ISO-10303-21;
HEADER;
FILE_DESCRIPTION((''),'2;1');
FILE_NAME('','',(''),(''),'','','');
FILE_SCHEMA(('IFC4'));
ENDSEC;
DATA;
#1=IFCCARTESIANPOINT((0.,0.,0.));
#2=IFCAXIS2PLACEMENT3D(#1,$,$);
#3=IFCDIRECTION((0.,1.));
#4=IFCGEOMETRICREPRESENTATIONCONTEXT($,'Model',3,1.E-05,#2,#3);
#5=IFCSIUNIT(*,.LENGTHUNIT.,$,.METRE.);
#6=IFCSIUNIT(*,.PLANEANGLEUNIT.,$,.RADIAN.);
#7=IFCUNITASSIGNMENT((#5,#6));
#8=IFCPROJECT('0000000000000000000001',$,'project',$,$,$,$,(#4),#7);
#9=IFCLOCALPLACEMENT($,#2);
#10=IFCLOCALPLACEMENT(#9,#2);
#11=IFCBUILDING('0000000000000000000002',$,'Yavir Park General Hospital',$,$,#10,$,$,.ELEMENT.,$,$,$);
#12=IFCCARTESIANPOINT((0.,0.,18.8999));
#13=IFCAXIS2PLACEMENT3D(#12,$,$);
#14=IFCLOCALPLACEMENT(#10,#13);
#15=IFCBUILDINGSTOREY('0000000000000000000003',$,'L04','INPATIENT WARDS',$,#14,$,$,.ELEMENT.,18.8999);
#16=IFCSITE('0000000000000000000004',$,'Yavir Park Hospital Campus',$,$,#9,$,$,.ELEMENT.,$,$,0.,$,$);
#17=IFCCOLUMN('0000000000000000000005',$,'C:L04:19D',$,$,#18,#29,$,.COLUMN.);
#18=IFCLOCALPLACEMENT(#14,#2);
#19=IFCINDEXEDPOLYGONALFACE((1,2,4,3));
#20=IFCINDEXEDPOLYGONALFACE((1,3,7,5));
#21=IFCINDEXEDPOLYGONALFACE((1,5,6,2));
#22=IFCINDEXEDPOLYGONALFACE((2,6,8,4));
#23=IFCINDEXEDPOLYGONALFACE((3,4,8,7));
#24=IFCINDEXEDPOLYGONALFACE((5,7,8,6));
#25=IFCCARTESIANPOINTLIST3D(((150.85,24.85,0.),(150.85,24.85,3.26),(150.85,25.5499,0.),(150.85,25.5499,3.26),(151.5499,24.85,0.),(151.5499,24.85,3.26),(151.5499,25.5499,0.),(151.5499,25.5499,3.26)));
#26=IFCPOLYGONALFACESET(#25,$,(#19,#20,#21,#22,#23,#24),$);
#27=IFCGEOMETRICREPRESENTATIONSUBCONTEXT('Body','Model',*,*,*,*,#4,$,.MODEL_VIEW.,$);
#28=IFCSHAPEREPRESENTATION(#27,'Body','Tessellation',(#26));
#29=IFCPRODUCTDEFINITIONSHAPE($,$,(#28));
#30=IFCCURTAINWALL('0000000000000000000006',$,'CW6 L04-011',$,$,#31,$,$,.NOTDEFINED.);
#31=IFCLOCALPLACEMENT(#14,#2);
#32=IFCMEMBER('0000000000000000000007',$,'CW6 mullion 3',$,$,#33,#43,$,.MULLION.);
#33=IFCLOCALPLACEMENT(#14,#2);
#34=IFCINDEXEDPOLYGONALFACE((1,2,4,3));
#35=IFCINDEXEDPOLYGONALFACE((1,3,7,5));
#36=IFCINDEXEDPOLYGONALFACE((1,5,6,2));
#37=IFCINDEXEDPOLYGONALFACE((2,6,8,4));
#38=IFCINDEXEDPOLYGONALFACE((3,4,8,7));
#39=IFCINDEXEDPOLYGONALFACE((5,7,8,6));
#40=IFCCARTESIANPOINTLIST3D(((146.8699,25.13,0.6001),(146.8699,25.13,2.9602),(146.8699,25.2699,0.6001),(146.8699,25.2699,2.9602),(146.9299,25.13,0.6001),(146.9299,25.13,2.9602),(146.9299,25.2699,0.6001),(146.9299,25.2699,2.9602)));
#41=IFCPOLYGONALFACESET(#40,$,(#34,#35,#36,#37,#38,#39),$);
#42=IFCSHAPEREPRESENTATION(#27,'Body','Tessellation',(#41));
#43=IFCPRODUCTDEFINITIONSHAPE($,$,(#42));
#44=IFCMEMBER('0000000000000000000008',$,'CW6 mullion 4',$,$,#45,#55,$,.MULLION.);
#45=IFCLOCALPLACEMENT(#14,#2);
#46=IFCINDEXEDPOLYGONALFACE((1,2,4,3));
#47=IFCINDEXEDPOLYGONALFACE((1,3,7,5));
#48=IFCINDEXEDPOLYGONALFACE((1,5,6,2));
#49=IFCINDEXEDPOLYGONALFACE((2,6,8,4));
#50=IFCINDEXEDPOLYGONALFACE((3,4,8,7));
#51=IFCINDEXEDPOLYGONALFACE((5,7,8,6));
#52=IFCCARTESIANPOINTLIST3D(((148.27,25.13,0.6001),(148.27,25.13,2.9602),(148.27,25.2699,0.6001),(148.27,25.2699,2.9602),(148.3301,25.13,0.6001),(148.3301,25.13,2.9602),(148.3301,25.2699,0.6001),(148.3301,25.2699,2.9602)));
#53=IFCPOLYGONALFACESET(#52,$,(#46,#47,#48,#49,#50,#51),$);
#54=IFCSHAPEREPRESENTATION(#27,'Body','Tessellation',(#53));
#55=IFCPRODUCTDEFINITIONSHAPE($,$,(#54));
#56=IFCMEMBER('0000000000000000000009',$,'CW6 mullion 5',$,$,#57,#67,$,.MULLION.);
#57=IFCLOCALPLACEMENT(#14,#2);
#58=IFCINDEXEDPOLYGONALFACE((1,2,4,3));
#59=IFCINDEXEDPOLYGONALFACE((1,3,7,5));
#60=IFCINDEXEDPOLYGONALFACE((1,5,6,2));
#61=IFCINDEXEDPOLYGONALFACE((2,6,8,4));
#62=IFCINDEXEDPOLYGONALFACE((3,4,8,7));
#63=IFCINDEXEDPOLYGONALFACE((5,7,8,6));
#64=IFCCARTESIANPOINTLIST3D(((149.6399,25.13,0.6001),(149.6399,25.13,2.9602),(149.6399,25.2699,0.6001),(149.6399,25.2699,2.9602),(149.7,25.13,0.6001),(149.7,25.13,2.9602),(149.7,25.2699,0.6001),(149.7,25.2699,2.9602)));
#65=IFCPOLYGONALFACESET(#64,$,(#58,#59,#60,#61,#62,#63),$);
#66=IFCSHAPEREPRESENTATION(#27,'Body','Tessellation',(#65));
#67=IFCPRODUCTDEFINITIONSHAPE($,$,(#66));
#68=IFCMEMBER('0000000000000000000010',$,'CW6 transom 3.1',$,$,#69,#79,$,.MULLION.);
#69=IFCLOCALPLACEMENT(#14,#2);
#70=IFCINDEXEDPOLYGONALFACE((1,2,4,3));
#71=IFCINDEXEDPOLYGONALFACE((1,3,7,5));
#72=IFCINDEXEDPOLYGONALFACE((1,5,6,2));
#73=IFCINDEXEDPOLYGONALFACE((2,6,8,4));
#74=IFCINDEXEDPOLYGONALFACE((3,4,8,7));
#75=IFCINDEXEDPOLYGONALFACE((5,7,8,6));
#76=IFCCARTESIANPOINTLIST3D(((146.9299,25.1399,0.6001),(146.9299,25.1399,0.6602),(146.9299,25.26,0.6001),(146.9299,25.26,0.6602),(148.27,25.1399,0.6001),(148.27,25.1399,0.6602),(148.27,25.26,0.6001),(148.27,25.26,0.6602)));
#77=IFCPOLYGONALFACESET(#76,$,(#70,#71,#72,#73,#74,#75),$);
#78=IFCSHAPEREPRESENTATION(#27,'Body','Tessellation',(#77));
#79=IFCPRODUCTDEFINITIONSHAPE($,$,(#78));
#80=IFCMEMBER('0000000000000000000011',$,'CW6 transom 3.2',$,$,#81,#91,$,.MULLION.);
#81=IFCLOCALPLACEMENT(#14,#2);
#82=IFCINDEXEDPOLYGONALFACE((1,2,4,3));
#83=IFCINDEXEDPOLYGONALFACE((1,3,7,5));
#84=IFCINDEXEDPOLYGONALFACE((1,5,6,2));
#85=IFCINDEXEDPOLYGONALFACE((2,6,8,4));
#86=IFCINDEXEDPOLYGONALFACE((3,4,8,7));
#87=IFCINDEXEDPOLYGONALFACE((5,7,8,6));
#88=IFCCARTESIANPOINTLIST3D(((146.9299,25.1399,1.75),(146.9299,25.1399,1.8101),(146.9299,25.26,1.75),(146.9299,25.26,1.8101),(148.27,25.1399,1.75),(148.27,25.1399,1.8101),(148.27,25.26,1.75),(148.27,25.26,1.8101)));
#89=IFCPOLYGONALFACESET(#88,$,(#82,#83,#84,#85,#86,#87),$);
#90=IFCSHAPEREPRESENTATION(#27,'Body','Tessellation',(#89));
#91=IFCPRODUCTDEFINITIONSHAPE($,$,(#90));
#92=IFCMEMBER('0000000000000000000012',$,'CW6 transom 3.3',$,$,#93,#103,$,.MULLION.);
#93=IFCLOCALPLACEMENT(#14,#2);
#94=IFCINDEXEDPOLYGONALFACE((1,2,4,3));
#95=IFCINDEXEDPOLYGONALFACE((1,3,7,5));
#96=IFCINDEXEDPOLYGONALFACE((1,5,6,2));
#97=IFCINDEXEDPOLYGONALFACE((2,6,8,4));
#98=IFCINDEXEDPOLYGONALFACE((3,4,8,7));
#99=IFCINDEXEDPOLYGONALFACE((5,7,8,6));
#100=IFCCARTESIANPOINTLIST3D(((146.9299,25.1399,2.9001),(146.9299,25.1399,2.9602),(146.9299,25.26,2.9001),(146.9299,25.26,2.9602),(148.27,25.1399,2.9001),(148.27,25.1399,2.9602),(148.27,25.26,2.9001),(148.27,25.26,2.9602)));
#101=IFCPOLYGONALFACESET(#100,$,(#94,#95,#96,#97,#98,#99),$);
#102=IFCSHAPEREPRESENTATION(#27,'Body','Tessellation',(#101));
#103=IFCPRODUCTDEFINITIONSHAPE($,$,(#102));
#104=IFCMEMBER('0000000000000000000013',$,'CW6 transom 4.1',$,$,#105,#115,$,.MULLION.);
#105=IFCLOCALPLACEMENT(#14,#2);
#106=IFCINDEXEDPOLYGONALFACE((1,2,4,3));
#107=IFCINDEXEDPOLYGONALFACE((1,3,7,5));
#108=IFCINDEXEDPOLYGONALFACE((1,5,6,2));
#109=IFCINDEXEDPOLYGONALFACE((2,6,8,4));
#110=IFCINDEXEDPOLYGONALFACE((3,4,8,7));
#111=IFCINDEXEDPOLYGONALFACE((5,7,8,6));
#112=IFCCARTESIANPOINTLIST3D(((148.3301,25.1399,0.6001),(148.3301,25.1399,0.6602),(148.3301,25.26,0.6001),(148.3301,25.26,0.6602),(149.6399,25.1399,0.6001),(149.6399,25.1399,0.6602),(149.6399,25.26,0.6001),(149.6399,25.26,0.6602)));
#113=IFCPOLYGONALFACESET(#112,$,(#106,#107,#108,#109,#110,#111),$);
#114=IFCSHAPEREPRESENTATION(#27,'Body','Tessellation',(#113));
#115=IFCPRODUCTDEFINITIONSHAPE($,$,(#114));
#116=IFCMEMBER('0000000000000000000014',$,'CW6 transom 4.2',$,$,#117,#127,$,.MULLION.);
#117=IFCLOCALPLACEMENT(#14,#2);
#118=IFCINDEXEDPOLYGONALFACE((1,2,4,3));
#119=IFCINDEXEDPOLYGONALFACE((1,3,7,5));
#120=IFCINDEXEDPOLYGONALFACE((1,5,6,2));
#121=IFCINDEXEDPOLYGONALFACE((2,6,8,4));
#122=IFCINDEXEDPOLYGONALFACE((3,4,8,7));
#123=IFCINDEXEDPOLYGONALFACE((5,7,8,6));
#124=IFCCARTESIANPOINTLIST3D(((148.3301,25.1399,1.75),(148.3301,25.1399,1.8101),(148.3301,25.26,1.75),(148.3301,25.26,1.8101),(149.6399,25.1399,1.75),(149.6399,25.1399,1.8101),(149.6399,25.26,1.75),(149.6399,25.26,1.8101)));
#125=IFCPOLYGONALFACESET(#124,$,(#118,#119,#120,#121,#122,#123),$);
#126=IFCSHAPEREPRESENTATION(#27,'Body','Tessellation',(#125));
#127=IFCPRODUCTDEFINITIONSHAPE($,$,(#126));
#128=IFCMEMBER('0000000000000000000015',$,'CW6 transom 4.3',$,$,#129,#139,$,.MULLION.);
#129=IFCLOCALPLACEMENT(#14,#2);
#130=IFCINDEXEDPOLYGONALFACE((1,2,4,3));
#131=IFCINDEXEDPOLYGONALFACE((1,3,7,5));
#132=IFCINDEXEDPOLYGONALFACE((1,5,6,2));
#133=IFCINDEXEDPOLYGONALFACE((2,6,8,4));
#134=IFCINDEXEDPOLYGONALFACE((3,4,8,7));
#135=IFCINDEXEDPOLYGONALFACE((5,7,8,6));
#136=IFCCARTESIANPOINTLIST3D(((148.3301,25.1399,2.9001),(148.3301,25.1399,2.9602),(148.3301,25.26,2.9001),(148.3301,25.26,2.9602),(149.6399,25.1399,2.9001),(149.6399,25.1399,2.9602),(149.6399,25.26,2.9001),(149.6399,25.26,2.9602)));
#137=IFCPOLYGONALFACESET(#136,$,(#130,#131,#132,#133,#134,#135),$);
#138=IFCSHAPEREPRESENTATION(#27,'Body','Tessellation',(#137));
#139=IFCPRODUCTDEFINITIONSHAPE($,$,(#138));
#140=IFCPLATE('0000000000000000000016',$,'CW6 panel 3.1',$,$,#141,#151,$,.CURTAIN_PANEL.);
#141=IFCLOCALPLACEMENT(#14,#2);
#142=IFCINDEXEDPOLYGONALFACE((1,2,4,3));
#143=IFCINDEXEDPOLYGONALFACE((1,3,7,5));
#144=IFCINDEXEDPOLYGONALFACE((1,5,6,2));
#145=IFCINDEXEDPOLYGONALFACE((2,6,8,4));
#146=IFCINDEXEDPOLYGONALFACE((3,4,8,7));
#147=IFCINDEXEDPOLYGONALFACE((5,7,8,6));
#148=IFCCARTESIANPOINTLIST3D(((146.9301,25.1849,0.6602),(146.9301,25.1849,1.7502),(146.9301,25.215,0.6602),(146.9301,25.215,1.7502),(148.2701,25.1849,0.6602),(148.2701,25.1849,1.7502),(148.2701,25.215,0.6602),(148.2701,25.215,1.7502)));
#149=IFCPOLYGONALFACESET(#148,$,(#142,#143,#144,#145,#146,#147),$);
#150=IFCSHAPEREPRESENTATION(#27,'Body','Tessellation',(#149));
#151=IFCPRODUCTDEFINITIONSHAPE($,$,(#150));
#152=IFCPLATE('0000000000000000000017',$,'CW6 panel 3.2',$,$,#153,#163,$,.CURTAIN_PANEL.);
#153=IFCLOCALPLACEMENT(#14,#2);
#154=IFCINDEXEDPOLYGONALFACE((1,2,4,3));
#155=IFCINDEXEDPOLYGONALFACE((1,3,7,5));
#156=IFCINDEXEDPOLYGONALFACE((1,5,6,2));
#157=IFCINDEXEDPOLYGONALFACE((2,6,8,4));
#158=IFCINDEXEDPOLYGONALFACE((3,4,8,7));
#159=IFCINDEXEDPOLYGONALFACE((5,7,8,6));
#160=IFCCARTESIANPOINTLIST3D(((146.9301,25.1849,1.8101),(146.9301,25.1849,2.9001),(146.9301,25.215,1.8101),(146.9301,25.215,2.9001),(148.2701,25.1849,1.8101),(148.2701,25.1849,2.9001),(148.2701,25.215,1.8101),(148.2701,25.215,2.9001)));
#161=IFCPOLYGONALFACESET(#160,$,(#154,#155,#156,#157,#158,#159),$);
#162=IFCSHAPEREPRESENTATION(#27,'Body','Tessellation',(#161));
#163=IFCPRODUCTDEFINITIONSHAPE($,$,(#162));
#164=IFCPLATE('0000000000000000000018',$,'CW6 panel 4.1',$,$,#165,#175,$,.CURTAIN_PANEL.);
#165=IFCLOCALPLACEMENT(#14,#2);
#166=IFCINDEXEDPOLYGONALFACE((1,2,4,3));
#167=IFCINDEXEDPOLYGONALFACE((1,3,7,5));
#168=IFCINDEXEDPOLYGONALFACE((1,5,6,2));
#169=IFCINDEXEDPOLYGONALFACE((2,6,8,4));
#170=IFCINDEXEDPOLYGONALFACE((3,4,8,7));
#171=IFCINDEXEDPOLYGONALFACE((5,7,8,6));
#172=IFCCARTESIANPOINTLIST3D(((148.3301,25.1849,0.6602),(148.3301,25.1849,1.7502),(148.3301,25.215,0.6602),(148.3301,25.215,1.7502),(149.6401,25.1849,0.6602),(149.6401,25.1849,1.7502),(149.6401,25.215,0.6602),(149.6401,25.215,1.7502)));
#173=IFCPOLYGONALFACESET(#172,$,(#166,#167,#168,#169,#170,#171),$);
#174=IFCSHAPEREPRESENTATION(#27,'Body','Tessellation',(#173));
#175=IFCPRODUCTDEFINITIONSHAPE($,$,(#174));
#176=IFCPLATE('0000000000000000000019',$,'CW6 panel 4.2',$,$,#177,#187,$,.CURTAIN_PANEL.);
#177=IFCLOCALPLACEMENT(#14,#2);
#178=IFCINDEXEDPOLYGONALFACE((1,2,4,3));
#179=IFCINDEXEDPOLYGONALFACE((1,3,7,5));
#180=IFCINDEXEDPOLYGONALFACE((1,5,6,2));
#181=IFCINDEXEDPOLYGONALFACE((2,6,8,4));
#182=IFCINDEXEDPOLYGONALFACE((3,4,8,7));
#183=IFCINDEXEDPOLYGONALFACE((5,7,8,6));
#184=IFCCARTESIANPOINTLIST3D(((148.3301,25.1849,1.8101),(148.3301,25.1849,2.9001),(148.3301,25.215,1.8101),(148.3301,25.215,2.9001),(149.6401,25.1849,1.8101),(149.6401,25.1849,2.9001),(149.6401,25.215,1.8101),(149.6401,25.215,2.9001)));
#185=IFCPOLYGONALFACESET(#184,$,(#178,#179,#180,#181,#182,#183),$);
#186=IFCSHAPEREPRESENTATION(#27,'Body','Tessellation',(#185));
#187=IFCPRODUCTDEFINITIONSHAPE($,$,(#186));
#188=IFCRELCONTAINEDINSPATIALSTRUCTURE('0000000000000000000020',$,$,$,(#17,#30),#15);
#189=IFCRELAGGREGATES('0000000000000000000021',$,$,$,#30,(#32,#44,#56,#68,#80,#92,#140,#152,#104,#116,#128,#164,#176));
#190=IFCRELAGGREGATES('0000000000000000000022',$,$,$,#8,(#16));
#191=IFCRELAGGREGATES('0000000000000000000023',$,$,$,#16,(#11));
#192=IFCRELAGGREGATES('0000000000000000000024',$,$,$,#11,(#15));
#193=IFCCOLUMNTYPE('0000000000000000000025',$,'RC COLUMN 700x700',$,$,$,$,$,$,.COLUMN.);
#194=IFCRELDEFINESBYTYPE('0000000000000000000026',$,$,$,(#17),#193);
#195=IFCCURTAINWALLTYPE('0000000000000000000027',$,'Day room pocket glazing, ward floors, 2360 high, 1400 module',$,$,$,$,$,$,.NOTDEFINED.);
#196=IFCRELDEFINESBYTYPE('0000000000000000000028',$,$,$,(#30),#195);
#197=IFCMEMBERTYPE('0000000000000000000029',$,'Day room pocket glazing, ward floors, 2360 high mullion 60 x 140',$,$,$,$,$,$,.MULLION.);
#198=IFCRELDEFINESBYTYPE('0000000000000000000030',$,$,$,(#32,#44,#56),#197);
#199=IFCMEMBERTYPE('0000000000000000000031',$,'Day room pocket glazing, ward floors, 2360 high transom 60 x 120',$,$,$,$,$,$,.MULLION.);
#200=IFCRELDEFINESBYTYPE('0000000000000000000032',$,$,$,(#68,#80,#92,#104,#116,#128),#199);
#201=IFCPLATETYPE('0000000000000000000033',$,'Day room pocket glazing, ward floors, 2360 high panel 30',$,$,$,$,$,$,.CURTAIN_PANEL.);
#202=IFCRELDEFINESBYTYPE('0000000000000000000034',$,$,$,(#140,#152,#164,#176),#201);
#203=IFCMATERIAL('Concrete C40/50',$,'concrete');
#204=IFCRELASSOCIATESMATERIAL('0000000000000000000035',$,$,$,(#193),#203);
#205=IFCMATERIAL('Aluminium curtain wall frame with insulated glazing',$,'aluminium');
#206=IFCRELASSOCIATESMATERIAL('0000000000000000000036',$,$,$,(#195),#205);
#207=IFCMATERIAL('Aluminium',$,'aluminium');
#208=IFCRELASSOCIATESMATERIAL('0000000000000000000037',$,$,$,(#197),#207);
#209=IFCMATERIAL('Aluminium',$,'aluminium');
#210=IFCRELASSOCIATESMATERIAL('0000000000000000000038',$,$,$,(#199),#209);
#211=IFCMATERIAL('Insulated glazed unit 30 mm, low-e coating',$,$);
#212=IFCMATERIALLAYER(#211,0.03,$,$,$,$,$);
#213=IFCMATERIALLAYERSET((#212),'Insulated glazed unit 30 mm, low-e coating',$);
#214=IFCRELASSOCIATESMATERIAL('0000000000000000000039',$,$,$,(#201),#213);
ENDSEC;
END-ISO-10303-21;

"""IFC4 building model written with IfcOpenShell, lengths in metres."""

from ifc_helpers import new_model, si_unit, direction, frame, origin, origin_2d, place, context, subcontext, project, spatial, rectangle, extrude, material, layer, layer_set, material_profile, profile_set, type_object, element, aggregate, save


model = new_model("IFC4")

# Units and contexts
model_context = context("Model", 3, precision=1e-05, world=origin(), true_north=direction((0.0, 1.0)))
body_context = subcontext(model_context, "Body", "Model", "MODEL_VIEW")
ifc_project = project(units=[si_unit("LENGTHUNIT", "METRE"), si_unit("PLANEANGLEUNIT", "RADIAN")], contexts=[model_context])

# Site, building, storey
site_placement = place(None, origin())
site = spatial("IfcSite", under=ifc_project, at=site_placement, Name="Yavir Park Hospital Campus", CompositionType="ELEMENT", RefElevation=0.0)
building_placement = place(site_placement, origin())
building = spatial("IfcBuilding", under=site, at=building_placement, Name="Yavir Park General Hospital", CompositionType="ELEMENT")
storey_placement = place(building_placement, frame((0.0, 0.0, 18.8999)))
storey = spatial("IfcBuildingStorey", under=building, at=storey_placement, Name="L04", Description="INPATIENT WARDS", CompositionType="ELEMENT", Elevation=18.8999)

# Column
ifc_material_1 = material(Name="Concrete C40/50", Category="concrete")
ifc_material_profile_1 = material_profile(ifc_material_1, rectangle(XDim=0.7, YDim=0.7, at=origin_2d()), Name="RC700x700")
ifc_profile_set_1 = profile_set([ifc_material_profile_1], Name="Concrete C40/50")
column_type = type_object("IfcColumnType", Name="RC COLUMN 700x700", PredefinedType="COLUMN", material=ifc_profile_set_1)
column_placement = place(storey_placement, frame((151.2, 25.2, 0.0), z_axis=(0.0, 0.0, 1.0), x_axis=(1.0, 0.0, 0.0)))
element("IfcColumn", 1, at=column_placement, inside=storey, type_object=column_type, Name="C:L04:19D", PredefinedType="COLUMN", context=body_context, shape_type="SweptSolid", body=[
    extrude(rectangle(XDim=0.7, YDim=0.7, at=origin_2d()), origin(), (0.0, 0.0, 1.0), 3.26),
])

# Curtain wall, members, plates
ifc_material_2 = material(Name="Aluminium curtain wall frame with insulated glazing", Category="aluminium")
curtain_wall_type = type_object("IfcCurtainWallType", Name="Day room pocket glazing, ward floors, 2360 high, 1400 module", PredefinedType="NOTDEFINED", material=ifc_material_2)
curtain_wall_placement = place(storey_placement, origin())
curtain_wall = element("IfcCurtainWall", 2, at=curtain_wall_placement, inside=storey, type_object=curtain_wall_type, Name="CW6 L04-011", PredefinedType="NOTDEFINED")
ifc_material_3 = material(Name="Aluminium", Category="aluminium")
ifc_material_profile_2 = material_profile(ifc_material_3, rectangle(XDim=0.1399, YDim=0.0601, at=origin_2d()), Name="AL 60x140")
ifc_profile_set_2 = profile_set([ifc_material_profile_2], Name="Aluminium")
member_type_1 = type_object("IfcMemberType", Name="Day room pocket glazing, ward floors, 2360 high mullion 60 x 140", PredefinedType="MULLION", material=ifc_profile_set_2)
member_1_placement = place(storey_placement, frame((146.8999, 25.2, 0.6001), z_axis=(0.0, 0.0, 1.0), x_axis=(0.0, 1.0, 0.0)))
member_1 = element("IfcMember", 3, at=member_1_placement, type_object=member_type_1, Name="CW6 mullion 3", PredefinedType="MULLION", context=body_context, shape_type="SweptSolid", body=[
    extrude(rectangle(XDim=0.1399, YDim=0.0601, at=origin_2d()), origin(), (0.0, 0.0, 1.0), 2.3601),
])
member_2_placement = place(storey_placement, frame((148.3, 25.2, 0.6001), z_axis=(0.0, 0.0, 1.0), x_axis=(0.0, 1.0, 0.0)))
member_2 = element("IfcMember", 4, at=member_2_placement, type_object=member_type_1, Name="CW6 mullion 4", PredefinedType="MULLION", context=body_context, shape_type="SweptSolid", body=[
    extrude(rectangle(XDim=0.1399, YDim=0.0601, at=origin_2d()), origin(), (0.0, 0.0, 1.0), 2.3601),
])
member_3_placement = place(storey_placement, frame((149.6699, 25.2, 0.6001), z_axis=(0.0, 0.0, 1.0), x_axis=(0.0, 1.0, 0.0)))
member_3 = element("IfcMember", 5, at=member_3_placement, type_object=member_type_1, Name="CW6 mullion 5", PredefinedType="MULLION", context=body_context, shape_type="SweptSolid", body=[
    extrude(rectangle(XDim=0.1399, YDim=0.0601, at=origin_2d()), origin(), (0.0, 0.0, 1.0), 2.3601),
])
ifc_material_4 = material(Name="Aluminium", Category="aluminium")
ifc_material_profile_3 = material_profile(ifc_material_4, rectangle(XDim=0.1201, YDim=0.0601, at=origin_2d()), Name="AL 120x60")
ifc_profile_set_3 = profile_set([ifc_material_profile_3], Name="Aluminium")
member_type_2 = type_object("IfcMemberType", Name="Day room pocket glazing, ward floors, 2360 high transom 60 x 120", PredefinedType="MULLION", material=ifc_profile_set_3)
member_4_placement = place(storey_placement, frame((146.9299, 25.2, 0.6301), z_axis=(1.0, 0.0, 0.0), x_axis=(0.0, 1.0, 0.0)))
member_4 = element("IfcMember", 6, at=member_4_placement, type_object=member_type_2, Name="CW6 transom 3.1", PredefinedType="MULLION", context=body_context, shape_type="SweptSolid", body=[
    extrude(rectangle(XDim=0.1201, YDim=0.0601, at=origin_2d()), origin(), (0.0, 0.0, 1.0), 1.3401),
])
member_5_placement = place(storey_placement, frame((146.9299, 25.2, 1.78), z_axis=(1.0, 0.0, 0.0), x_axis=(0.0, 1.0, 0.0)))
member_5 = element("IfcMember", 7, at=member_5_placement, type_object=member_type_2, Name="CW6 transom 3.2", PredefinedType="MULLION", context=body_context, shape_type="SweptSolid", body=[
    extrude(rectangle(XDim=0.1201, YDim=0.0601, at=origin_2d()), origin(), (0.0, 0.0, 1.0), 1.3401),
])
member_6_placement = place(storey_placement, frame((146.9299, 25.2, 2.9302), z_axis=(1.0, 0.0, 0.0), x_axis=(0.0, 1.0, 0.0)))
member_6 = element("IfcMember", 8, at=member_6_placement, type_object=member_type_2, Name="CW6 transom 3.3", PredefinedType="MULLION", context=body_context, shape_type="SweptSolid", body=[
    extrude(rectangle(XDim=0.1201, YDim=0.0601, at=origin_2d()), origin(), (0.0, 0.0, 1.0), 1.3401),
])
member_7_placement = place(storey_placement, frame((148.3301, 25.2, 0.6301), z_axis=(1.0, 0.0, 0.0), x_axis=(0.0, 1.0, 0.0)))
member_7 = element("IfcMember", 9, at=member_7_placement, type_object=member_type_2, Name="CW6 transom 4.1", PredefinedType="MULLION", context=body_context, shape_type="SweptSolid", body=[
    extrude(rectangle(XDim=0.1201, YDim=0.0601, at=origin_2d()), origin(), (0.0, 0.0, 1.0), 1.3098),
])
member_8_placement = place(storey_placement, frame((148.3301, 25.2, 1.78), z_axis=(1.0, 0.0, 0.0), x_axis=(0.0, 1.0, 0.0)))
member_8 = element("IfcMember", 10, at=member_8_placement, type_object=member_type_2, Name="CW6 transom 4.2", PredefinedType="MULLION", context=body_context, shape_type="SweptSolid", body=[
    extrude(rectangle(XDim=0.1201, YDim=0.0601, at=origin_2d()), origin(), (0.0, 0.0, 1.0), 1.3098),
])
member_9_placement = place(storey_placement, frame((148.3301, 25.2, 2.9302), z_axis=(1.0, 0.0, 0.0), x_axis=(0.0, 1.0, 0.0)))
member_9 = element("IfcMember", 11, at=member_9_placement, type_object=member_type_2, Name="CW6 transom 4.3", PredefinedType="MULLION", context=body_context, shape_type="SweptSolid", body=[
    extrude(rectangle(XDim=0.1201, YDim=0.0601, at=origin_2d()), origin(), (0.0, 0.0, 1.0), 1.3098),
])
ifc_material_5 = material(Name="Insulated glazed unit 30 mm, low-e coating")
ifc_layer_1 = layer(ifc_material_5, 0.03)
ifc_layer_set_1 = layer_set([ifc_layer_1], Name="Insulated glazed unit 30 mm, low-e coating")
plate_type = type_object("IfcPlateType", Name="Day room pocket glazing, ward floors, 2360 high panel 30", PredefinedType="CURTAIN_PANEL", material=ifc_layer_set_1)
plate_1_placement = place(storey_placement, frame((147.6001, 25.2, 0.6602), z_axis=(0.0, 0.0, 1.0), x_axis=(1.0, 0.0, 0.0)))
plate_1 = element("IfcPlate", 12, at=plate_1_placement, type_object=plate_type, Name="CW6 panel 3.1", PredefinedType="CURTAIN_PANEL", context=body_context, shape_type="SweptSolid", body=[
    extrude(rectangle(XDim=1.3401, YDim=0.03, at=origin_2d()), origin(), (0.0, 0.0, 1.0), 1.0901),
])
plate_2_placement = place(storey_placement, frame((147.6001, 25.2, 1.8101), z_axis=(0.0, 0.0, 1.0), x_axis=(1.0, 0.0, 0.0)))
plate_2 = element("IfcPlate", 13, at=plate_2_placement, type_object=plate_type, Name="CW6 panel 3.2", PredefinedType="CURTAIN_PANEL", context=body_context, shape_type="SweptSolid", body=[
    extrude(rectangle(XDim=1.3401, YDim=0.03, at=origin_2d()), origin(), (0.0, 0.0, 1.0), 1.0901),
])
plate_3_placement = place(storey_placement, frame((148.9851, 25.2, 0.6602), z_axis=(0.0, 0.0, 1.0), x_axis=(1.0, 0.0, 0.0)))
plate_3 = element("IfcPlate", 14, at=plate_3_placement, type_object=plate_type, Name="CW6 panel 4.1", PredefinedType="CURTAIN_PANEL", context=body_context, shape_type="SweptSolid", body=[
    extrude(rectangle(XDim=1.3101, YDim=0.03, at=origin_2d()), origin(), (0.0, 0.0, 1.0), 1.0901),
])
plate_4_placement = place(storey_placement, frame((148.9851, 25.2, 1.8101), z_axis=(0.0, 0.0, 1.0), x_axis=(1.0, 0.0, 0.0)))
plate_4 = element("IfcPlate", 15, at=plate_4_placement, type_object=plate_type, Name="CW6 panel 4.2", PredefinedType="CURTAIN_PANEL", context=body_context, shape_type="SweptSolid", body=[
    extrude(rectangle(XDim=1.3101, YDim=0.03, at=origin_2d()), origin(), (0.0, 0.0, 1.0), 1.0901),
])
aggregate(curtain_wall, [member_1, member_2, member_3, member_4, member_5, member_6, plate_1, plate_2, member_7, member_8, member_9, plate_3, plate_4])

save(model, "model.ifc")
